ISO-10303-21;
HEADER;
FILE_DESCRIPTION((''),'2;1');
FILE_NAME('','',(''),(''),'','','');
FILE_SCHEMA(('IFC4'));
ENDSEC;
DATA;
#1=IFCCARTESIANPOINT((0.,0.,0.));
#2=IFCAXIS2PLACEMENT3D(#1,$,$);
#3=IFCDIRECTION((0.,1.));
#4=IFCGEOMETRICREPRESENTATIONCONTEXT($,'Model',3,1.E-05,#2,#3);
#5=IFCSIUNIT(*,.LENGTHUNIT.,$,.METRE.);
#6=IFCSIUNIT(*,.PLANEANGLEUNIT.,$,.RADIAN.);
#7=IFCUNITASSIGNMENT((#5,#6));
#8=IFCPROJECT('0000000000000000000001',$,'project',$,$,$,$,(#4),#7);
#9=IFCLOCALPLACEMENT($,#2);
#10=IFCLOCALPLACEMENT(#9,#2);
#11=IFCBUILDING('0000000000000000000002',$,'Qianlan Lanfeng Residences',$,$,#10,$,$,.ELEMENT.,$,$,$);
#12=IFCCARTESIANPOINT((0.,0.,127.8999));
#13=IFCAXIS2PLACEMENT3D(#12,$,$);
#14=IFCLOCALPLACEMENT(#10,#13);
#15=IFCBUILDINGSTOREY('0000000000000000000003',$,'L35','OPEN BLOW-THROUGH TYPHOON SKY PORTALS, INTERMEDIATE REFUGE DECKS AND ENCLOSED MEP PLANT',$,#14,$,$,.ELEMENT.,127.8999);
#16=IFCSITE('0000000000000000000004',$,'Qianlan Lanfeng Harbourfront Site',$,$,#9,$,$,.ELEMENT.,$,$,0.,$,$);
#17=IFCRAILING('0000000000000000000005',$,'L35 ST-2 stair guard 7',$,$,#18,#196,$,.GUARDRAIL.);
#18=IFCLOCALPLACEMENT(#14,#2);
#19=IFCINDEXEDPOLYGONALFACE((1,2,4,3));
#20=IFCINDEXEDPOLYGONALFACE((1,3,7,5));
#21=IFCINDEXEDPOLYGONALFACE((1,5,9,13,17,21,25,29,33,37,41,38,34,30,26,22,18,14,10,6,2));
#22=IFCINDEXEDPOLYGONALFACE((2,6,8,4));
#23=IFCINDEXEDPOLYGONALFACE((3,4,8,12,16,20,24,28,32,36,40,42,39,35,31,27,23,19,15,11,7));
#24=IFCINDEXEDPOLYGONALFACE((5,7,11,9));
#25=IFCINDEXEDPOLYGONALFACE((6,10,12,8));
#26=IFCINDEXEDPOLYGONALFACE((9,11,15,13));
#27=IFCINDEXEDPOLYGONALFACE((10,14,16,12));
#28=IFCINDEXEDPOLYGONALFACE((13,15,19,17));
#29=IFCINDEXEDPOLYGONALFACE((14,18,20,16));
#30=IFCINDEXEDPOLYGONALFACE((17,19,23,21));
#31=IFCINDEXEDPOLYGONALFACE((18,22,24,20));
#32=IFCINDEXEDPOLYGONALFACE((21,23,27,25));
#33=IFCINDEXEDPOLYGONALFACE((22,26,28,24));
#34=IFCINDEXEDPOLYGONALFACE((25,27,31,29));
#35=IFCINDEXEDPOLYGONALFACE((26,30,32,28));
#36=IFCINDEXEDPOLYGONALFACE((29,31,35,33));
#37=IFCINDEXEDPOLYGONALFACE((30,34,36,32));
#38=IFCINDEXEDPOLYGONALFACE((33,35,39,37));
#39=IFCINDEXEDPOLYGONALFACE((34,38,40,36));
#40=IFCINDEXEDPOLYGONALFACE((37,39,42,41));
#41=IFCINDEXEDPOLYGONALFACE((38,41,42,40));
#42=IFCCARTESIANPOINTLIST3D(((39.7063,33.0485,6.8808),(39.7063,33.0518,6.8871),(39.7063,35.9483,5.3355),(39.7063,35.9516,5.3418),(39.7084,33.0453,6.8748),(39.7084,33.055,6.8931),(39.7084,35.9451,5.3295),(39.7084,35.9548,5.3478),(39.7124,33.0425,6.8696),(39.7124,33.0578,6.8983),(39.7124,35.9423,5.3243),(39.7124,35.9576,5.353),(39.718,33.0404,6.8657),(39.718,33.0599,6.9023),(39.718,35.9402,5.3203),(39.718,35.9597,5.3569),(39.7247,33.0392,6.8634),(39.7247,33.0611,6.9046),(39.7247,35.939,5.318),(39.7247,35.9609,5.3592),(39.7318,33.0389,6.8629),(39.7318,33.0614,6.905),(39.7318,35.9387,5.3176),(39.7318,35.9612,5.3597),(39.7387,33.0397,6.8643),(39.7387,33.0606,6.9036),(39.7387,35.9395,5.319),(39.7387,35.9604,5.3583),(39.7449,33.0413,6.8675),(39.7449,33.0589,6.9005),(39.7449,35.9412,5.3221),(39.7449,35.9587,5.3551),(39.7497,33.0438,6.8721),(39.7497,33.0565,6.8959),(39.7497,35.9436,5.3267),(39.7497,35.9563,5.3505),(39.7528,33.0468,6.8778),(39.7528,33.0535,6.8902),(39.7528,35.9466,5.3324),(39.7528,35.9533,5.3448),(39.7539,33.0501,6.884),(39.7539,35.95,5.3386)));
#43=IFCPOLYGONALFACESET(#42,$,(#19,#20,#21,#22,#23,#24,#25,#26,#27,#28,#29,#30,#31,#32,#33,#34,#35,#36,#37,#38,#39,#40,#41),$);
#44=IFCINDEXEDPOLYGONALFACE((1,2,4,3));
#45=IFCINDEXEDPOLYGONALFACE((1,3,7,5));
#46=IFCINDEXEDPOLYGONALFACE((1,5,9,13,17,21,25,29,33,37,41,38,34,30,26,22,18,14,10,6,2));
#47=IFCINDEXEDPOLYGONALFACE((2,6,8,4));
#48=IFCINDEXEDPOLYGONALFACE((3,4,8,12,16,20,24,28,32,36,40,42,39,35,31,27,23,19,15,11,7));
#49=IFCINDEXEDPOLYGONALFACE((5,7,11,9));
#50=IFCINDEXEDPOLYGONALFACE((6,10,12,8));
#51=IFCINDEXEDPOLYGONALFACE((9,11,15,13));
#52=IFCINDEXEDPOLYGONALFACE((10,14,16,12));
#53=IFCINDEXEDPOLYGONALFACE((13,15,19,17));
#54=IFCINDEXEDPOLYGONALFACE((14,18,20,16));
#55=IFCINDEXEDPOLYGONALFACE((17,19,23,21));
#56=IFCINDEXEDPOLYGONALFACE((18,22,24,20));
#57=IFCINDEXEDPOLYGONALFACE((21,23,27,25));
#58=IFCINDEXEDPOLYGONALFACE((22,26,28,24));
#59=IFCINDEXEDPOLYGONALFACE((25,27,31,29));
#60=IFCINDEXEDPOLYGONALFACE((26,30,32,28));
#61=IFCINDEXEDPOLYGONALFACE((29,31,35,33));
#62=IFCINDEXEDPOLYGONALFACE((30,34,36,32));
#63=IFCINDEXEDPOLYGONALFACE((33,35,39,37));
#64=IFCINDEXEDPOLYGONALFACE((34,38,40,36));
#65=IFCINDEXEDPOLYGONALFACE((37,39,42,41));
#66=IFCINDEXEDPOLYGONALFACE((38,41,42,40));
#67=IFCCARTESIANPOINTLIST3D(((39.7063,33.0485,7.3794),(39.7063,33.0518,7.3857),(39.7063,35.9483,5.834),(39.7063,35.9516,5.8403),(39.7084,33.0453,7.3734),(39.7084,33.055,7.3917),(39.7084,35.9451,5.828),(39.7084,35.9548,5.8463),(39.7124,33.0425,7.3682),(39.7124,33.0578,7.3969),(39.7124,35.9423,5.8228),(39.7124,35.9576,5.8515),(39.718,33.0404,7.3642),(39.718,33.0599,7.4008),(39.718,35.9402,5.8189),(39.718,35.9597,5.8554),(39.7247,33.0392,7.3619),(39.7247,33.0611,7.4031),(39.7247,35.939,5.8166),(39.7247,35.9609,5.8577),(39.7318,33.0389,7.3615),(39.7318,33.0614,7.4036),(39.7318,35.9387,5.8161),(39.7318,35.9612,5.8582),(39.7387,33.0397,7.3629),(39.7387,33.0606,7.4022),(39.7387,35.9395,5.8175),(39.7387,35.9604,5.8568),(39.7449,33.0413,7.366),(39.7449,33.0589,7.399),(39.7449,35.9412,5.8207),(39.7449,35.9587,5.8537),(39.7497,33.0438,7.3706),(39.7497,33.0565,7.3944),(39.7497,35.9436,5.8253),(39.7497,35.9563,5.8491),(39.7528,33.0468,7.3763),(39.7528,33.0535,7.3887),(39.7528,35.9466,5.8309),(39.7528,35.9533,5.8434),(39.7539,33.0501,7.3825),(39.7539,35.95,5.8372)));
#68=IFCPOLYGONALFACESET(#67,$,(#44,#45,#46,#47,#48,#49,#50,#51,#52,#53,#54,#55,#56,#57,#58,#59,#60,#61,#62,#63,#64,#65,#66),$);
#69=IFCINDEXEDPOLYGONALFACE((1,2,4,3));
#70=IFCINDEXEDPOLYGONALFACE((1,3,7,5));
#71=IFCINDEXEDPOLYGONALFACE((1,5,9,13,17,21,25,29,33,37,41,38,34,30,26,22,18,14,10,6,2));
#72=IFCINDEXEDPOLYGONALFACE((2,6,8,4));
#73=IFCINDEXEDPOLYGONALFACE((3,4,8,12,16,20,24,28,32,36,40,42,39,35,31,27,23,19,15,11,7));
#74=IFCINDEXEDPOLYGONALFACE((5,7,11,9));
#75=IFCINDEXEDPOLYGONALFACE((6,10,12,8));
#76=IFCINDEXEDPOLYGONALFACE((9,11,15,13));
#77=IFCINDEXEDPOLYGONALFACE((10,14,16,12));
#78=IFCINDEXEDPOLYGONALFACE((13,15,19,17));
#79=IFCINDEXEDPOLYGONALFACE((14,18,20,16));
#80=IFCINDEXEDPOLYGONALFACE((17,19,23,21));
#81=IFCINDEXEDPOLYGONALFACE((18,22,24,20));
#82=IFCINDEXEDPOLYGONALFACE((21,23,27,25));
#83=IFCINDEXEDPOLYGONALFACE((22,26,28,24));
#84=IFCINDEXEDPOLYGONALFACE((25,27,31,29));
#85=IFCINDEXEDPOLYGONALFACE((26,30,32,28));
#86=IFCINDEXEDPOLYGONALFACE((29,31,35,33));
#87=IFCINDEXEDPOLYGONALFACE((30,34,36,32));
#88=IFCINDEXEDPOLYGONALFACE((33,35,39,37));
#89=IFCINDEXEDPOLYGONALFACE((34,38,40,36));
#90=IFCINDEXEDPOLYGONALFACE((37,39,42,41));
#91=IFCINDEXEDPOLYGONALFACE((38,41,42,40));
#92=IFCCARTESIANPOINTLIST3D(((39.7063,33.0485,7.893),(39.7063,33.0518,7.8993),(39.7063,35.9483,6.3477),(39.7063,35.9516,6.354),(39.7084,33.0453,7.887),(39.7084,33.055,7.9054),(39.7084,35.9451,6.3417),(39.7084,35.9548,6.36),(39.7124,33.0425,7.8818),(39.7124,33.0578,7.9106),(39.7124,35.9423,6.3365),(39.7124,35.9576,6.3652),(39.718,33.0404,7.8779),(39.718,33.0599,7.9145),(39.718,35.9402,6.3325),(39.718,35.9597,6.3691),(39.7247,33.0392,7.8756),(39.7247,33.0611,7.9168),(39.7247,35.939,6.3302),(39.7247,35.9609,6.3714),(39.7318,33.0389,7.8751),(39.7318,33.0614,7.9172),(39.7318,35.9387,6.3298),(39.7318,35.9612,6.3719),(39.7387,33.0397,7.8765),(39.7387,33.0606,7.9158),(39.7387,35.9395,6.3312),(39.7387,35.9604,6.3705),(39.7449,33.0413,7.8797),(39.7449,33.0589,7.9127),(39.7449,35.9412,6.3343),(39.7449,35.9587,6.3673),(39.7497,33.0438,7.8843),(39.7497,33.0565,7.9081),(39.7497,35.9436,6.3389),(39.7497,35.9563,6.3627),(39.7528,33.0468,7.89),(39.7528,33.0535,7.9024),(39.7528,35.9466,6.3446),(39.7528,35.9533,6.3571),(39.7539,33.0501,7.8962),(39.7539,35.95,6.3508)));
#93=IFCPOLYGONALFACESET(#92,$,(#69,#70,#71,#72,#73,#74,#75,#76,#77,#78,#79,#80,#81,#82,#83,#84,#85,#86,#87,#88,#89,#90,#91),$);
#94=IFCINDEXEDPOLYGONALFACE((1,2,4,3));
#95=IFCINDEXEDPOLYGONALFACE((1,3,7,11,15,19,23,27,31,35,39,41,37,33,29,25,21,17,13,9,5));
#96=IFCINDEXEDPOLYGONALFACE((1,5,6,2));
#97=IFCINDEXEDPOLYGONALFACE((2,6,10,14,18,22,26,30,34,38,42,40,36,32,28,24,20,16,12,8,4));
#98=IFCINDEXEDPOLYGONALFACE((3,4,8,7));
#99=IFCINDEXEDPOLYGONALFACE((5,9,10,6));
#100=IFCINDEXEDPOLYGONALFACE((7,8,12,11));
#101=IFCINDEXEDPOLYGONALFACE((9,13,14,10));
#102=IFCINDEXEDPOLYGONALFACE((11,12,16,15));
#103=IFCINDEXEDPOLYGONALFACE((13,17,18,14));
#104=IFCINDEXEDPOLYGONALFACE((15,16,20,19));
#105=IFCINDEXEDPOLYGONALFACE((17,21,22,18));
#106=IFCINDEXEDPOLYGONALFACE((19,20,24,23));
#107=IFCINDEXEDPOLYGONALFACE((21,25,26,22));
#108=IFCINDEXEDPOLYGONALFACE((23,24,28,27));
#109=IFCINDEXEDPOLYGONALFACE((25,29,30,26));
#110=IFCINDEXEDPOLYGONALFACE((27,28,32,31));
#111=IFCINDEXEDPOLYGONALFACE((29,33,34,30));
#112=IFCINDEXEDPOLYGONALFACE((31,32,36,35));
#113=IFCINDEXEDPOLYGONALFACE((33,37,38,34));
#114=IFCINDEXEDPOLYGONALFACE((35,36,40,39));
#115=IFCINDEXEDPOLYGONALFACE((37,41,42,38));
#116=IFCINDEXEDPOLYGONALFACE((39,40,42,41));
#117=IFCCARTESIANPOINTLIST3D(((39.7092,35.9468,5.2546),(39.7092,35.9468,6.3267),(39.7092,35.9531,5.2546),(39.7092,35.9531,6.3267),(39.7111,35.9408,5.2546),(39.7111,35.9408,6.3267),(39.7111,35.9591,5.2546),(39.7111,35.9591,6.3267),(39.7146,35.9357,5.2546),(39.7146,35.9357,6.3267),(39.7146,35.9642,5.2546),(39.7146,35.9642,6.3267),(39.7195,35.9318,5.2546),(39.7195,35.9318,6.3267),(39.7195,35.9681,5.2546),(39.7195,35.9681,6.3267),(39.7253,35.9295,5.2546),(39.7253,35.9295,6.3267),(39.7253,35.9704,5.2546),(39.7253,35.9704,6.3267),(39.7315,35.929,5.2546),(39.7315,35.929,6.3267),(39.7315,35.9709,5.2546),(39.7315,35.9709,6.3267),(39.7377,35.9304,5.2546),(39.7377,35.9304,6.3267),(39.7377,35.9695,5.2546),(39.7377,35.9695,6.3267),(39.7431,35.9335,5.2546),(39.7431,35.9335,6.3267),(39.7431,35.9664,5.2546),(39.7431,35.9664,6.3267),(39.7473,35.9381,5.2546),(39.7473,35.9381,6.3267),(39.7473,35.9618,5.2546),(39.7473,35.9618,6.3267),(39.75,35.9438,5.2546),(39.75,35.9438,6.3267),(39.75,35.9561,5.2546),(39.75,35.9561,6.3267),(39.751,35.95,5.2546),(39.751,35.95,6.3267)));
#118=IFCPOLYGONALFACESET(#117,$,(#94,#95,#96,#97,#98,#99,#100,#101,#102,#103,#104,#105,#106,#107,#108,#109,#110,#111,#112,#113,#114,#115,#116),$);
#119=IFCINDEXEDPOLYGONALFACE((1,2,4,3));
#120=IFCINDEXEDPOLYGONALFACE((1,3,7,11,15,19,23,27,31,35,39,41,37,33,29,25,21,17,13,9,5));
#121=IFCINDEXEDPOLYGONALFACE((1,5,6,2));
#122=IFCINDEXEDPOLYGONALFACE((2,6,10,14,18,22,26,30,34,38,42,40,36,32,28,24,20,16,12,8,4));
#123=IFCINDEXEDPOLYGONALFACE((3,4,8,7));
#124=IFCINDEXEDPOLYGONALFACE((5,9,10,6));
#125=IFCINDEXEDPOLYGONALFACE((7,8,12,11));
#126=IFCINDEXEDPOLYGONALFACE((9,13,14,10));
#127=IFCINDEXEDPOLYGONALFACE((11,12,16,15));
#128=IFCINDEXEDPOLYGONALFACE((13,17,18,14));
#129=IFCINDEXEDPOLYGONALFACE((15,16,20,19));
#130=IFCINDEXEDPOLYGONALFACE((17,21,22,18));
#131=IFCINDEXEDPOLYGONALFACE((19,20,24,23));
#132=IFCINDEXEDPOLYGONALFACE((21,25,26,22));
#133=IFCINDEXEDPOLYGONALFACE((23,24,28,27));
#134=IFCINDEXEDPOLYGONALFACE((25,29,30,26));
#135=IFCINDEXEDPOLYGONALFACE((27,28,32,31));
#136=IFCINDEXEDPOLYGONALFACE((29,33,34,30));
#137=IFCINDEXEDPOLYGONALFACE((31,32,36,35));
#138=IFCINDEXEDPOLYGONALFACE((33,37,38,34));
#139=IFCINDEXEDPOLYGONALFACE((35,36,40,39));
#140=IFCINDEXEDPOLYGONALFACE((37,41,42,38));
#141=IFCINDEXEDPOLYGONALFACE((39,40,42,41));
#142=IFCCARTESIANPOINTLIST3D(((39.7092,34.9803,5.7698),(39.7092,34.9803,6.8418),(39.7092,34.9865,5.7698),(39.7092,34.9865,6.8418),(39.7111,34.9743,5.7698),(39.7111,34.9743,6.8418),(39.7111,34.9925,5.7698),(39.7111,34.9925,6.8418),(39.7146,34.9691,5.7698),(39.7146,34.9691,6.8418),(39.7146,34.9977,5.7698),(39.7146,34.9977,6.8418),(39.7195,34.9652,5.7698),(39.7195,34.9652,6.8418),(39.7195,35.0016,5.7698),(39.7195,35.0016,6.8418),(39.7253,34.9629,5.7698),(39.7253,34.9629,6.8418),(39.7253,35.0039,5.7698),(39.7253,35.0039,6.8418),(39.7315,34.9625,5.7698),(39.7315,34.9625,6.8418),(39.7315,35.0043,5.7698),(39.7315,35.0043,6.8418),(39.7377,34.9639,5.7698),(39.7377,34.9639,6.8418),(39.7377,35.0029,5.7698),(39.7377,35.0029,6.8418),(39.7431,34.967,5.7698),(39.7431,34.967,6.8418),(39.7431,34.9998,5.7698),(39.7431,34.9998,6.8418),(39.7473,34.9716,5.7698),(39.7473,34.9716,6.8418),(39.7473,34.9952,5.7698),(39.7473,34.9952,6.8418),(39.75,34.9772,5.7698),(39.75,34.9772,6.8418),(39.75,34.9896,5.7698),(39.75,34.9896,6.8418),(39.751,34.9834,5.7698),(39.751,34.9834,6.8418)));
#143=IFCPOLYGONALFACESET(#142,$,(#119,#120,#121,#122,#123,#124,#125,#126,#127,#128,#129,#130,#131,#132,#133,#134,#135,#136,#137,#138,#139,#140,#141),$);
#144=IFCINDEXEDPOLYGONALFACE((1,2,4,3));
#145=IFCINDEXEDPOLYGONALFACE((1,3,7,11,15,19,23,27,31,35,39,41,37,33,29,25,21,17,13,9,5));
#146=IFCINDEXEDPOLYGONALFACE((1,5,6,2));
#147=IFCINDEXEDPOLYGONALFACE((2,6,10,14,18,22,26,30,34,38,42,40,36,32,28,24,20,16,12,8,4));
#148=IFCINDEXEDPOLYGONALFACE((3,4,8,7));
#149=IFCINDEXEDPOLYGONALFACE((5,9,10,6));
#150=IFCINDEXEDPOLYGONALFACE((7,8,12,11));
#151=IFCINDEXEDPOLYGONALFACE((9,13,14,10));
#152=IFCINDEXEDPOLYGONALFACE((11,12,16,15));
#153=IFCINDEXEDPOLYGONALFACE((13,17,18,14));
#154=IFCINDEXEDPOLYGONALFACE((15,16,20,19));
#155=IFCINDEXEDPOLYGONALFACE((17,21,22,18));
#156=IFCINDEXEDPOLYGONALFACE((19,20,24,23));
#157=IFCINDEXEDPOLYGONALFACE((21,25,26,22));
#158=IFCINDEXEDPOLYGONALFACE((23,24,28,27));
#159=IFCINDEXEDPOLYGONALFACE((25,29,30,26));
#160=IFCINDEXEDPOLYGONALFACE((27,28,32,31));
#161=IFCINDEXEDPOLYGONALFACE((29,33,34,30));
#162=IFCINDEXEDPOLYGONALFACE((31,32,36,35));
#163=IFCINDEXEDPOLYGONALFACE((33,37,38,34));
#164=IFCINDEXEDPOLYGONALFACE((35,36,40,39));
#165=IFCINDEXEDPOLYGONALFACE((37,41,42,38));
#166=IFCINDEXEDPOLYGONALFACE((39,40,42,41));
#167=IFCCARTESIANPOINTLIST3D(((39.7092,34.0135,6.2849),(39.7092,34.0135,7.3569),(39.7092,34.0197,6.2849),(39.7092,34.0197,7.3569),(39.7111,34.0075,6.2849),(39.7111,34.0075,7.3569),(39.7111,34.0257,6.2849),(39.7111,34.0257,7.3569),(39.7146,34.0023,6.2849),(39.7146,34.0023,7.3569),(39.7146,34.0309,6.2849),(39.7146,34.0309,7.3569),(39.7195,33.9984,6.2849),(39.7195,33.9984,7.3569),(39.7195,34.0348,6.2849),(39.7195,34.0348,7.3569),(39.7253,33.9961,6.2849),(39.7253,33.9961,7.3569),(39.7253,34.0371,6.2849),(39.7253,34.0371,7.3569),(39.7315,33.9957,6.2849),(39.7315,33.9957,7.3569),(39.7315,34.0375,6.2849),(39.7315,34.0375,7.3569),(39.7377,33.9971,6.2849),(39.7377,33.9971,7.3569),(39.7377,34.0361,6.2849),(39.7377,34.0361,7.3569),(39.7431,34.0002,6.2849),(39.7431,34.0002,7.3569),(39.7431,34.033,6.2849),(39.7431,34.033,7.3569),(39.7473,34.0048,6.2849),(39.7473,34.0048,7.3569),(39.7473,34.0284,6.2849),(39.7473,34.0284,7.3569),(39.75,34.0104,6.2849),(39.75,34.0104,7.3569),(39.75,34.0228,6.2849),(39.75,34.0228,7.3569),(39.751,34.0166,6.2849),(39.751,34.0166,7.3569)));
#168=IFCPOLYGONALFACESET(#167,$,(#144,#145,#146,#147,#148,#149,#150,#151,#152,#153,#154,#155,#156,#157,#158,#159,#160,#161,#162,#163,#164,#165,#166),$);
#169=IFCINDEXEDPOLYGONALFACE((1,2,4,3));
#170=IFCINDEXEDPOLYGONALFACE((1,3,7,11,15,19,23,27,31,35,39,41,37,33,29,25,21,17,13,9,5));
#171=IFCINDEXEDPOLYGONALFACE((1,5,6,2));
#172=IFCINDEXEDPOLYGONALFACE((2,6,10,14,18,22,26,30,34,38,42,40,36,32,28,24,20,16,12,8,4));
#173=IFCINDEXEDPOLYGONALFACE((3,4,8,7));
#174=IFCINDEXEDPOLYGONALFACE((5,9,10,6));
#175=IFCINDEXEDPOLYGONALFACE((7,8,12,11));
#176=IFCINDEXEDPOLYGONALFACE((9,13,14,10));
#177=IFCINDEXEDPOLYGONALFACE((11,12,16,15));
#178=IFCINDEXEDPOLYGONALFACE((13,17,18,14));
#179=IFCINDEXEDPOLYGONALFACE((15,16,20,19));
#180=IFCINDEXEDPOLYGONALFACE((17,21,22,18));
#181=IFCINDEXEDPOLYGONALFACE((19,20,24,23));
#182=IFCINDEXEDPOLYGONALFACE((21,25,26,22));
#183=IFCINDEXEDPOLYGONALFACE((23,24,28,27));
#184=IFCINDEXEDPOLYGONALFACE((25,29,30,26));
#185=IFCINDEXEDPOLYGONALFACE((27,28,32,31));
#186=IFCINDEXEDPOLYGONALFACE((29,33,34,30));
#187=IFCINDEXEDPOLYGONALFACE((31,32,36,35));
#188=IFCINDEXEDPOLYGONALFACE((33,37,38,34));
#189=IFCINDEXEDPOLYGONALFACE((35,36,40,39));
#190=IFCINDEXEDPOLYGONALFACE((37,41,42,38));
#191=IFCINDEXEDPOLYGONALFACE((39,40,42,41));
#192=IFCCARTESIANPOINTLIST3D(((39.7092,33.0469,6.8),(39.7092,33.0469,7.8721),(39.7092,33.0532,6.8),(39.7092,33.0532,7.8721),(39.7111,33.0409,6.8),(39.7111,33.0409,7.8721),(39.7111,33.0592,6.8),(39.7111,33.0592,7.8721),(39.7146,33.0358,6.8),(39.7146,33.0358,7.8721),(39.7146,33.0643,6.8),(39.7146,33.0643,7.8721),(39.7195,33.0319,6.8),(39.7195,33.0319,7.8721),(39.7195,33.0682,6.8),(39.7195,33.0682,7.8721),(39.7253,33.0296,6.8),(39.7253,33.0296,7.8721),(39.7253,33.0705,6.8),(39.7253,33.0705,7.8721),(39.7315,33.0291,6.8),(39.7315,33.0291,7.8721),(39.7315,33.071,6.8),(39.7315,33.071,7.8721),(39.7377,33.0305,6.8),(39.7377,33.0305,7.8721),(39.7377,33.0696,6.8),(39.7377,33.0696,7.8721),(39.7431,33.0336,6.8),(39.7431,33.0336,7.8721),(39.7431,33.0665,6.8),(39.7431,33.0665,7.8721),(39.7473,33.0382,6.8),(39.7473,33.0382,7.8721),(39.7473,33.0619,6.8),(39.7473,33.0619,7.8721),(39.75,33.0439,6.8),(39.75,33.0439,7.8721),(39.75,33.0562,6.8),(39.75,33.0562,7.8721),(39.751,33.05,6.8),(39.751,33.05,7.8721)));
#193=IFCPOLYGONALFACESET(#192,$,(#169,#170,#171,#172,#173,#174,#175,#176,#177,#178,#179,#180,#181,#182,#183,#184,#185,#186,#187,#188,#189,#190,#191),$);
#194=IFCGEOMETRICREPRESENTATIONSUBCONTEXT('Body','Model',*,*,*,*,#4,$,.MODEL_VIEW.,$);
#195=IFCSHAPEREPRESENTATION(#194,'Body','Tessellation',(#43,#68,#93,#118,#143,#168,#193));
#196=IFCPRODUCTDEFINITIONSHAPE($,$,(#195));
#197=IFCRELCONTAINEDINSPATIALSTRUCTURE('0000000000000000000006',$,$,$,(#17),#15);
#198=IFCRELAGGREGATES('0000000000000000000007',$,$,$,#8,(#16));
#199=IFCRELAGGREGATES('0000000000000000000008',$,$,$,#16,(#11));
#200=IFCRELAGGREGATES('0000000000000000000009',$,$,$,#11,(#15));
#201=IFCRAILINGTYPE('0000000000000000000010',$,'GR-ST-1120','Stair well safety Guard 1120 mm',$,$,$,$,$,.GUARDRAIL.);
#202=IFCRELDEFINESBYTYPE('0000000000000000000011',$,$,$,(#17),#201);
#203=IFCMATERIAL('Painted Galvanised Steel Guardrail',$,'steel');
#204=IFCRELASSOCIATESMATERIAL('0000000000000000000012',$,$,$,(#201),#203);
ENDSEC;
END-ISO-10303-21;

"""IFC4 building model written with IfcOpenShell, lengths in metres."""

from ifc_helpers import new_model, si_unit, direction, frame, origin, origin_2d, place, context, subcontext, project, spatial, circle, extrude, material, type_object, element, save


model = new_model("IFC4")

# Units and contexts
model_context = context("Model", 3, precision=1e-05, world=origin(), true_north=direction((0.0, 1.0)))
body_context = subcontext(model_context, "Body", "Model", "MODEL_VIEW")
ifc_project = project(units=[si_unit("LENGTHUNIT", "METRE"), si_unit("PLANEANGLEUNIT", "RADIAN")], contexts=[model_context])

# Site, building, storey
site_placement = place(None, origin())
site = spatial("IfcSite", under=ifc_project, at=site_placement, Name="Qianlan Lanfeng Harbourfront Site", CompositionType="ELEMENT", RefElevation=0.0)
building_placement = place(site_placement, origin())
building = spatial("IfcBuilding", under=site, at=building_placement, Name="Qianlan Lanfeng Residences", CompositionType="ELEMENT")
storey_placement = place(building_placement, frame((0.0, 0.0, 127.8999)))
storey = spatial("IfcBuildingStorey", under=building, at=storey_placement, Name="L35", Description="OPEN BLOW-THROUGH TYPHOON SKY PORTALS, INTERMEDIATE REFUGE DECKS AND ENCLOSED MEP PLANT", CompositionType="ELEMENT", Elevation=127.8999)

# Railing
ifc_material_1 = material(Name="Painted Galvanised Steel Guardrail", Category="steel")
railing_type_1 = type_object("IfcRailingType", Name="GR-ST-1120", Description="Stair well safety Guard 1120 mm", PredefinedType="GUARDRAIL", material=ifc_material_1)
railing_1_placement = place(storey_placement, frame((39.73, 35.95, 5.2546)))
element("IfcRailing", 1, at=railing_1_placement, inside=storey, type_object=railing_type_1, Name="L35 ST-2 stair guard 7", PredefinedType="GUARDRAIL", context=body_context, shape_type="SweptSolid", body=[
    extrude(circle(Radius=0.0239, at=origin_2d()), frame((0.0, 0.0, 0.084), z_axis=(0.0, -0.882505, 0.470303), x_axis=(1.0, 0.0, 0.0)), (0.0, 0.0, 1.0), 3.2859),
    extrude(circle(Radius=0.0239, at=origin_2d()), frame((0.0, 0.0, 0.5825), z_axis=(0.0, -0.882505, 0.470303), x_axis=(1.0, 0.0, 0.0)), (0.0, 0.0, 1.0), 3.2859),
    extrude(circle(Radius=0.0239, at=origin_2d()), frame((0.0, 0.0, 1.0962), z_axis=(0.0, -0.882505, 0.470303), x_axis=(1.0, 0.0, 0.0)), (0.0, 0.0, 1.0), 3.2859),
    extrude(circle(Radius=0.021, at=origin_2d()), origin(), (0.0, 0.0, 1.0), 1.072),
    extrude(circle(Radius=0.021, at=origin_2d()), frame((0.0, -0.9666, 0.5151)), (0.0, 0.0, 1.0), 1.072),
    extrude(circle(Radius=0.021, at=origin_2d()), frame((0.0, -1.9333, 1.0303)), (0.0, 0.0, 1.0), 1.072),
    extrude(circle(Radius=0.021, at=origin_2d()), frame((0.0, -2.8999, 1.5454)), (0.0, 0.0, 1.0), 1.072),
])

save(model, "model.ifc")
